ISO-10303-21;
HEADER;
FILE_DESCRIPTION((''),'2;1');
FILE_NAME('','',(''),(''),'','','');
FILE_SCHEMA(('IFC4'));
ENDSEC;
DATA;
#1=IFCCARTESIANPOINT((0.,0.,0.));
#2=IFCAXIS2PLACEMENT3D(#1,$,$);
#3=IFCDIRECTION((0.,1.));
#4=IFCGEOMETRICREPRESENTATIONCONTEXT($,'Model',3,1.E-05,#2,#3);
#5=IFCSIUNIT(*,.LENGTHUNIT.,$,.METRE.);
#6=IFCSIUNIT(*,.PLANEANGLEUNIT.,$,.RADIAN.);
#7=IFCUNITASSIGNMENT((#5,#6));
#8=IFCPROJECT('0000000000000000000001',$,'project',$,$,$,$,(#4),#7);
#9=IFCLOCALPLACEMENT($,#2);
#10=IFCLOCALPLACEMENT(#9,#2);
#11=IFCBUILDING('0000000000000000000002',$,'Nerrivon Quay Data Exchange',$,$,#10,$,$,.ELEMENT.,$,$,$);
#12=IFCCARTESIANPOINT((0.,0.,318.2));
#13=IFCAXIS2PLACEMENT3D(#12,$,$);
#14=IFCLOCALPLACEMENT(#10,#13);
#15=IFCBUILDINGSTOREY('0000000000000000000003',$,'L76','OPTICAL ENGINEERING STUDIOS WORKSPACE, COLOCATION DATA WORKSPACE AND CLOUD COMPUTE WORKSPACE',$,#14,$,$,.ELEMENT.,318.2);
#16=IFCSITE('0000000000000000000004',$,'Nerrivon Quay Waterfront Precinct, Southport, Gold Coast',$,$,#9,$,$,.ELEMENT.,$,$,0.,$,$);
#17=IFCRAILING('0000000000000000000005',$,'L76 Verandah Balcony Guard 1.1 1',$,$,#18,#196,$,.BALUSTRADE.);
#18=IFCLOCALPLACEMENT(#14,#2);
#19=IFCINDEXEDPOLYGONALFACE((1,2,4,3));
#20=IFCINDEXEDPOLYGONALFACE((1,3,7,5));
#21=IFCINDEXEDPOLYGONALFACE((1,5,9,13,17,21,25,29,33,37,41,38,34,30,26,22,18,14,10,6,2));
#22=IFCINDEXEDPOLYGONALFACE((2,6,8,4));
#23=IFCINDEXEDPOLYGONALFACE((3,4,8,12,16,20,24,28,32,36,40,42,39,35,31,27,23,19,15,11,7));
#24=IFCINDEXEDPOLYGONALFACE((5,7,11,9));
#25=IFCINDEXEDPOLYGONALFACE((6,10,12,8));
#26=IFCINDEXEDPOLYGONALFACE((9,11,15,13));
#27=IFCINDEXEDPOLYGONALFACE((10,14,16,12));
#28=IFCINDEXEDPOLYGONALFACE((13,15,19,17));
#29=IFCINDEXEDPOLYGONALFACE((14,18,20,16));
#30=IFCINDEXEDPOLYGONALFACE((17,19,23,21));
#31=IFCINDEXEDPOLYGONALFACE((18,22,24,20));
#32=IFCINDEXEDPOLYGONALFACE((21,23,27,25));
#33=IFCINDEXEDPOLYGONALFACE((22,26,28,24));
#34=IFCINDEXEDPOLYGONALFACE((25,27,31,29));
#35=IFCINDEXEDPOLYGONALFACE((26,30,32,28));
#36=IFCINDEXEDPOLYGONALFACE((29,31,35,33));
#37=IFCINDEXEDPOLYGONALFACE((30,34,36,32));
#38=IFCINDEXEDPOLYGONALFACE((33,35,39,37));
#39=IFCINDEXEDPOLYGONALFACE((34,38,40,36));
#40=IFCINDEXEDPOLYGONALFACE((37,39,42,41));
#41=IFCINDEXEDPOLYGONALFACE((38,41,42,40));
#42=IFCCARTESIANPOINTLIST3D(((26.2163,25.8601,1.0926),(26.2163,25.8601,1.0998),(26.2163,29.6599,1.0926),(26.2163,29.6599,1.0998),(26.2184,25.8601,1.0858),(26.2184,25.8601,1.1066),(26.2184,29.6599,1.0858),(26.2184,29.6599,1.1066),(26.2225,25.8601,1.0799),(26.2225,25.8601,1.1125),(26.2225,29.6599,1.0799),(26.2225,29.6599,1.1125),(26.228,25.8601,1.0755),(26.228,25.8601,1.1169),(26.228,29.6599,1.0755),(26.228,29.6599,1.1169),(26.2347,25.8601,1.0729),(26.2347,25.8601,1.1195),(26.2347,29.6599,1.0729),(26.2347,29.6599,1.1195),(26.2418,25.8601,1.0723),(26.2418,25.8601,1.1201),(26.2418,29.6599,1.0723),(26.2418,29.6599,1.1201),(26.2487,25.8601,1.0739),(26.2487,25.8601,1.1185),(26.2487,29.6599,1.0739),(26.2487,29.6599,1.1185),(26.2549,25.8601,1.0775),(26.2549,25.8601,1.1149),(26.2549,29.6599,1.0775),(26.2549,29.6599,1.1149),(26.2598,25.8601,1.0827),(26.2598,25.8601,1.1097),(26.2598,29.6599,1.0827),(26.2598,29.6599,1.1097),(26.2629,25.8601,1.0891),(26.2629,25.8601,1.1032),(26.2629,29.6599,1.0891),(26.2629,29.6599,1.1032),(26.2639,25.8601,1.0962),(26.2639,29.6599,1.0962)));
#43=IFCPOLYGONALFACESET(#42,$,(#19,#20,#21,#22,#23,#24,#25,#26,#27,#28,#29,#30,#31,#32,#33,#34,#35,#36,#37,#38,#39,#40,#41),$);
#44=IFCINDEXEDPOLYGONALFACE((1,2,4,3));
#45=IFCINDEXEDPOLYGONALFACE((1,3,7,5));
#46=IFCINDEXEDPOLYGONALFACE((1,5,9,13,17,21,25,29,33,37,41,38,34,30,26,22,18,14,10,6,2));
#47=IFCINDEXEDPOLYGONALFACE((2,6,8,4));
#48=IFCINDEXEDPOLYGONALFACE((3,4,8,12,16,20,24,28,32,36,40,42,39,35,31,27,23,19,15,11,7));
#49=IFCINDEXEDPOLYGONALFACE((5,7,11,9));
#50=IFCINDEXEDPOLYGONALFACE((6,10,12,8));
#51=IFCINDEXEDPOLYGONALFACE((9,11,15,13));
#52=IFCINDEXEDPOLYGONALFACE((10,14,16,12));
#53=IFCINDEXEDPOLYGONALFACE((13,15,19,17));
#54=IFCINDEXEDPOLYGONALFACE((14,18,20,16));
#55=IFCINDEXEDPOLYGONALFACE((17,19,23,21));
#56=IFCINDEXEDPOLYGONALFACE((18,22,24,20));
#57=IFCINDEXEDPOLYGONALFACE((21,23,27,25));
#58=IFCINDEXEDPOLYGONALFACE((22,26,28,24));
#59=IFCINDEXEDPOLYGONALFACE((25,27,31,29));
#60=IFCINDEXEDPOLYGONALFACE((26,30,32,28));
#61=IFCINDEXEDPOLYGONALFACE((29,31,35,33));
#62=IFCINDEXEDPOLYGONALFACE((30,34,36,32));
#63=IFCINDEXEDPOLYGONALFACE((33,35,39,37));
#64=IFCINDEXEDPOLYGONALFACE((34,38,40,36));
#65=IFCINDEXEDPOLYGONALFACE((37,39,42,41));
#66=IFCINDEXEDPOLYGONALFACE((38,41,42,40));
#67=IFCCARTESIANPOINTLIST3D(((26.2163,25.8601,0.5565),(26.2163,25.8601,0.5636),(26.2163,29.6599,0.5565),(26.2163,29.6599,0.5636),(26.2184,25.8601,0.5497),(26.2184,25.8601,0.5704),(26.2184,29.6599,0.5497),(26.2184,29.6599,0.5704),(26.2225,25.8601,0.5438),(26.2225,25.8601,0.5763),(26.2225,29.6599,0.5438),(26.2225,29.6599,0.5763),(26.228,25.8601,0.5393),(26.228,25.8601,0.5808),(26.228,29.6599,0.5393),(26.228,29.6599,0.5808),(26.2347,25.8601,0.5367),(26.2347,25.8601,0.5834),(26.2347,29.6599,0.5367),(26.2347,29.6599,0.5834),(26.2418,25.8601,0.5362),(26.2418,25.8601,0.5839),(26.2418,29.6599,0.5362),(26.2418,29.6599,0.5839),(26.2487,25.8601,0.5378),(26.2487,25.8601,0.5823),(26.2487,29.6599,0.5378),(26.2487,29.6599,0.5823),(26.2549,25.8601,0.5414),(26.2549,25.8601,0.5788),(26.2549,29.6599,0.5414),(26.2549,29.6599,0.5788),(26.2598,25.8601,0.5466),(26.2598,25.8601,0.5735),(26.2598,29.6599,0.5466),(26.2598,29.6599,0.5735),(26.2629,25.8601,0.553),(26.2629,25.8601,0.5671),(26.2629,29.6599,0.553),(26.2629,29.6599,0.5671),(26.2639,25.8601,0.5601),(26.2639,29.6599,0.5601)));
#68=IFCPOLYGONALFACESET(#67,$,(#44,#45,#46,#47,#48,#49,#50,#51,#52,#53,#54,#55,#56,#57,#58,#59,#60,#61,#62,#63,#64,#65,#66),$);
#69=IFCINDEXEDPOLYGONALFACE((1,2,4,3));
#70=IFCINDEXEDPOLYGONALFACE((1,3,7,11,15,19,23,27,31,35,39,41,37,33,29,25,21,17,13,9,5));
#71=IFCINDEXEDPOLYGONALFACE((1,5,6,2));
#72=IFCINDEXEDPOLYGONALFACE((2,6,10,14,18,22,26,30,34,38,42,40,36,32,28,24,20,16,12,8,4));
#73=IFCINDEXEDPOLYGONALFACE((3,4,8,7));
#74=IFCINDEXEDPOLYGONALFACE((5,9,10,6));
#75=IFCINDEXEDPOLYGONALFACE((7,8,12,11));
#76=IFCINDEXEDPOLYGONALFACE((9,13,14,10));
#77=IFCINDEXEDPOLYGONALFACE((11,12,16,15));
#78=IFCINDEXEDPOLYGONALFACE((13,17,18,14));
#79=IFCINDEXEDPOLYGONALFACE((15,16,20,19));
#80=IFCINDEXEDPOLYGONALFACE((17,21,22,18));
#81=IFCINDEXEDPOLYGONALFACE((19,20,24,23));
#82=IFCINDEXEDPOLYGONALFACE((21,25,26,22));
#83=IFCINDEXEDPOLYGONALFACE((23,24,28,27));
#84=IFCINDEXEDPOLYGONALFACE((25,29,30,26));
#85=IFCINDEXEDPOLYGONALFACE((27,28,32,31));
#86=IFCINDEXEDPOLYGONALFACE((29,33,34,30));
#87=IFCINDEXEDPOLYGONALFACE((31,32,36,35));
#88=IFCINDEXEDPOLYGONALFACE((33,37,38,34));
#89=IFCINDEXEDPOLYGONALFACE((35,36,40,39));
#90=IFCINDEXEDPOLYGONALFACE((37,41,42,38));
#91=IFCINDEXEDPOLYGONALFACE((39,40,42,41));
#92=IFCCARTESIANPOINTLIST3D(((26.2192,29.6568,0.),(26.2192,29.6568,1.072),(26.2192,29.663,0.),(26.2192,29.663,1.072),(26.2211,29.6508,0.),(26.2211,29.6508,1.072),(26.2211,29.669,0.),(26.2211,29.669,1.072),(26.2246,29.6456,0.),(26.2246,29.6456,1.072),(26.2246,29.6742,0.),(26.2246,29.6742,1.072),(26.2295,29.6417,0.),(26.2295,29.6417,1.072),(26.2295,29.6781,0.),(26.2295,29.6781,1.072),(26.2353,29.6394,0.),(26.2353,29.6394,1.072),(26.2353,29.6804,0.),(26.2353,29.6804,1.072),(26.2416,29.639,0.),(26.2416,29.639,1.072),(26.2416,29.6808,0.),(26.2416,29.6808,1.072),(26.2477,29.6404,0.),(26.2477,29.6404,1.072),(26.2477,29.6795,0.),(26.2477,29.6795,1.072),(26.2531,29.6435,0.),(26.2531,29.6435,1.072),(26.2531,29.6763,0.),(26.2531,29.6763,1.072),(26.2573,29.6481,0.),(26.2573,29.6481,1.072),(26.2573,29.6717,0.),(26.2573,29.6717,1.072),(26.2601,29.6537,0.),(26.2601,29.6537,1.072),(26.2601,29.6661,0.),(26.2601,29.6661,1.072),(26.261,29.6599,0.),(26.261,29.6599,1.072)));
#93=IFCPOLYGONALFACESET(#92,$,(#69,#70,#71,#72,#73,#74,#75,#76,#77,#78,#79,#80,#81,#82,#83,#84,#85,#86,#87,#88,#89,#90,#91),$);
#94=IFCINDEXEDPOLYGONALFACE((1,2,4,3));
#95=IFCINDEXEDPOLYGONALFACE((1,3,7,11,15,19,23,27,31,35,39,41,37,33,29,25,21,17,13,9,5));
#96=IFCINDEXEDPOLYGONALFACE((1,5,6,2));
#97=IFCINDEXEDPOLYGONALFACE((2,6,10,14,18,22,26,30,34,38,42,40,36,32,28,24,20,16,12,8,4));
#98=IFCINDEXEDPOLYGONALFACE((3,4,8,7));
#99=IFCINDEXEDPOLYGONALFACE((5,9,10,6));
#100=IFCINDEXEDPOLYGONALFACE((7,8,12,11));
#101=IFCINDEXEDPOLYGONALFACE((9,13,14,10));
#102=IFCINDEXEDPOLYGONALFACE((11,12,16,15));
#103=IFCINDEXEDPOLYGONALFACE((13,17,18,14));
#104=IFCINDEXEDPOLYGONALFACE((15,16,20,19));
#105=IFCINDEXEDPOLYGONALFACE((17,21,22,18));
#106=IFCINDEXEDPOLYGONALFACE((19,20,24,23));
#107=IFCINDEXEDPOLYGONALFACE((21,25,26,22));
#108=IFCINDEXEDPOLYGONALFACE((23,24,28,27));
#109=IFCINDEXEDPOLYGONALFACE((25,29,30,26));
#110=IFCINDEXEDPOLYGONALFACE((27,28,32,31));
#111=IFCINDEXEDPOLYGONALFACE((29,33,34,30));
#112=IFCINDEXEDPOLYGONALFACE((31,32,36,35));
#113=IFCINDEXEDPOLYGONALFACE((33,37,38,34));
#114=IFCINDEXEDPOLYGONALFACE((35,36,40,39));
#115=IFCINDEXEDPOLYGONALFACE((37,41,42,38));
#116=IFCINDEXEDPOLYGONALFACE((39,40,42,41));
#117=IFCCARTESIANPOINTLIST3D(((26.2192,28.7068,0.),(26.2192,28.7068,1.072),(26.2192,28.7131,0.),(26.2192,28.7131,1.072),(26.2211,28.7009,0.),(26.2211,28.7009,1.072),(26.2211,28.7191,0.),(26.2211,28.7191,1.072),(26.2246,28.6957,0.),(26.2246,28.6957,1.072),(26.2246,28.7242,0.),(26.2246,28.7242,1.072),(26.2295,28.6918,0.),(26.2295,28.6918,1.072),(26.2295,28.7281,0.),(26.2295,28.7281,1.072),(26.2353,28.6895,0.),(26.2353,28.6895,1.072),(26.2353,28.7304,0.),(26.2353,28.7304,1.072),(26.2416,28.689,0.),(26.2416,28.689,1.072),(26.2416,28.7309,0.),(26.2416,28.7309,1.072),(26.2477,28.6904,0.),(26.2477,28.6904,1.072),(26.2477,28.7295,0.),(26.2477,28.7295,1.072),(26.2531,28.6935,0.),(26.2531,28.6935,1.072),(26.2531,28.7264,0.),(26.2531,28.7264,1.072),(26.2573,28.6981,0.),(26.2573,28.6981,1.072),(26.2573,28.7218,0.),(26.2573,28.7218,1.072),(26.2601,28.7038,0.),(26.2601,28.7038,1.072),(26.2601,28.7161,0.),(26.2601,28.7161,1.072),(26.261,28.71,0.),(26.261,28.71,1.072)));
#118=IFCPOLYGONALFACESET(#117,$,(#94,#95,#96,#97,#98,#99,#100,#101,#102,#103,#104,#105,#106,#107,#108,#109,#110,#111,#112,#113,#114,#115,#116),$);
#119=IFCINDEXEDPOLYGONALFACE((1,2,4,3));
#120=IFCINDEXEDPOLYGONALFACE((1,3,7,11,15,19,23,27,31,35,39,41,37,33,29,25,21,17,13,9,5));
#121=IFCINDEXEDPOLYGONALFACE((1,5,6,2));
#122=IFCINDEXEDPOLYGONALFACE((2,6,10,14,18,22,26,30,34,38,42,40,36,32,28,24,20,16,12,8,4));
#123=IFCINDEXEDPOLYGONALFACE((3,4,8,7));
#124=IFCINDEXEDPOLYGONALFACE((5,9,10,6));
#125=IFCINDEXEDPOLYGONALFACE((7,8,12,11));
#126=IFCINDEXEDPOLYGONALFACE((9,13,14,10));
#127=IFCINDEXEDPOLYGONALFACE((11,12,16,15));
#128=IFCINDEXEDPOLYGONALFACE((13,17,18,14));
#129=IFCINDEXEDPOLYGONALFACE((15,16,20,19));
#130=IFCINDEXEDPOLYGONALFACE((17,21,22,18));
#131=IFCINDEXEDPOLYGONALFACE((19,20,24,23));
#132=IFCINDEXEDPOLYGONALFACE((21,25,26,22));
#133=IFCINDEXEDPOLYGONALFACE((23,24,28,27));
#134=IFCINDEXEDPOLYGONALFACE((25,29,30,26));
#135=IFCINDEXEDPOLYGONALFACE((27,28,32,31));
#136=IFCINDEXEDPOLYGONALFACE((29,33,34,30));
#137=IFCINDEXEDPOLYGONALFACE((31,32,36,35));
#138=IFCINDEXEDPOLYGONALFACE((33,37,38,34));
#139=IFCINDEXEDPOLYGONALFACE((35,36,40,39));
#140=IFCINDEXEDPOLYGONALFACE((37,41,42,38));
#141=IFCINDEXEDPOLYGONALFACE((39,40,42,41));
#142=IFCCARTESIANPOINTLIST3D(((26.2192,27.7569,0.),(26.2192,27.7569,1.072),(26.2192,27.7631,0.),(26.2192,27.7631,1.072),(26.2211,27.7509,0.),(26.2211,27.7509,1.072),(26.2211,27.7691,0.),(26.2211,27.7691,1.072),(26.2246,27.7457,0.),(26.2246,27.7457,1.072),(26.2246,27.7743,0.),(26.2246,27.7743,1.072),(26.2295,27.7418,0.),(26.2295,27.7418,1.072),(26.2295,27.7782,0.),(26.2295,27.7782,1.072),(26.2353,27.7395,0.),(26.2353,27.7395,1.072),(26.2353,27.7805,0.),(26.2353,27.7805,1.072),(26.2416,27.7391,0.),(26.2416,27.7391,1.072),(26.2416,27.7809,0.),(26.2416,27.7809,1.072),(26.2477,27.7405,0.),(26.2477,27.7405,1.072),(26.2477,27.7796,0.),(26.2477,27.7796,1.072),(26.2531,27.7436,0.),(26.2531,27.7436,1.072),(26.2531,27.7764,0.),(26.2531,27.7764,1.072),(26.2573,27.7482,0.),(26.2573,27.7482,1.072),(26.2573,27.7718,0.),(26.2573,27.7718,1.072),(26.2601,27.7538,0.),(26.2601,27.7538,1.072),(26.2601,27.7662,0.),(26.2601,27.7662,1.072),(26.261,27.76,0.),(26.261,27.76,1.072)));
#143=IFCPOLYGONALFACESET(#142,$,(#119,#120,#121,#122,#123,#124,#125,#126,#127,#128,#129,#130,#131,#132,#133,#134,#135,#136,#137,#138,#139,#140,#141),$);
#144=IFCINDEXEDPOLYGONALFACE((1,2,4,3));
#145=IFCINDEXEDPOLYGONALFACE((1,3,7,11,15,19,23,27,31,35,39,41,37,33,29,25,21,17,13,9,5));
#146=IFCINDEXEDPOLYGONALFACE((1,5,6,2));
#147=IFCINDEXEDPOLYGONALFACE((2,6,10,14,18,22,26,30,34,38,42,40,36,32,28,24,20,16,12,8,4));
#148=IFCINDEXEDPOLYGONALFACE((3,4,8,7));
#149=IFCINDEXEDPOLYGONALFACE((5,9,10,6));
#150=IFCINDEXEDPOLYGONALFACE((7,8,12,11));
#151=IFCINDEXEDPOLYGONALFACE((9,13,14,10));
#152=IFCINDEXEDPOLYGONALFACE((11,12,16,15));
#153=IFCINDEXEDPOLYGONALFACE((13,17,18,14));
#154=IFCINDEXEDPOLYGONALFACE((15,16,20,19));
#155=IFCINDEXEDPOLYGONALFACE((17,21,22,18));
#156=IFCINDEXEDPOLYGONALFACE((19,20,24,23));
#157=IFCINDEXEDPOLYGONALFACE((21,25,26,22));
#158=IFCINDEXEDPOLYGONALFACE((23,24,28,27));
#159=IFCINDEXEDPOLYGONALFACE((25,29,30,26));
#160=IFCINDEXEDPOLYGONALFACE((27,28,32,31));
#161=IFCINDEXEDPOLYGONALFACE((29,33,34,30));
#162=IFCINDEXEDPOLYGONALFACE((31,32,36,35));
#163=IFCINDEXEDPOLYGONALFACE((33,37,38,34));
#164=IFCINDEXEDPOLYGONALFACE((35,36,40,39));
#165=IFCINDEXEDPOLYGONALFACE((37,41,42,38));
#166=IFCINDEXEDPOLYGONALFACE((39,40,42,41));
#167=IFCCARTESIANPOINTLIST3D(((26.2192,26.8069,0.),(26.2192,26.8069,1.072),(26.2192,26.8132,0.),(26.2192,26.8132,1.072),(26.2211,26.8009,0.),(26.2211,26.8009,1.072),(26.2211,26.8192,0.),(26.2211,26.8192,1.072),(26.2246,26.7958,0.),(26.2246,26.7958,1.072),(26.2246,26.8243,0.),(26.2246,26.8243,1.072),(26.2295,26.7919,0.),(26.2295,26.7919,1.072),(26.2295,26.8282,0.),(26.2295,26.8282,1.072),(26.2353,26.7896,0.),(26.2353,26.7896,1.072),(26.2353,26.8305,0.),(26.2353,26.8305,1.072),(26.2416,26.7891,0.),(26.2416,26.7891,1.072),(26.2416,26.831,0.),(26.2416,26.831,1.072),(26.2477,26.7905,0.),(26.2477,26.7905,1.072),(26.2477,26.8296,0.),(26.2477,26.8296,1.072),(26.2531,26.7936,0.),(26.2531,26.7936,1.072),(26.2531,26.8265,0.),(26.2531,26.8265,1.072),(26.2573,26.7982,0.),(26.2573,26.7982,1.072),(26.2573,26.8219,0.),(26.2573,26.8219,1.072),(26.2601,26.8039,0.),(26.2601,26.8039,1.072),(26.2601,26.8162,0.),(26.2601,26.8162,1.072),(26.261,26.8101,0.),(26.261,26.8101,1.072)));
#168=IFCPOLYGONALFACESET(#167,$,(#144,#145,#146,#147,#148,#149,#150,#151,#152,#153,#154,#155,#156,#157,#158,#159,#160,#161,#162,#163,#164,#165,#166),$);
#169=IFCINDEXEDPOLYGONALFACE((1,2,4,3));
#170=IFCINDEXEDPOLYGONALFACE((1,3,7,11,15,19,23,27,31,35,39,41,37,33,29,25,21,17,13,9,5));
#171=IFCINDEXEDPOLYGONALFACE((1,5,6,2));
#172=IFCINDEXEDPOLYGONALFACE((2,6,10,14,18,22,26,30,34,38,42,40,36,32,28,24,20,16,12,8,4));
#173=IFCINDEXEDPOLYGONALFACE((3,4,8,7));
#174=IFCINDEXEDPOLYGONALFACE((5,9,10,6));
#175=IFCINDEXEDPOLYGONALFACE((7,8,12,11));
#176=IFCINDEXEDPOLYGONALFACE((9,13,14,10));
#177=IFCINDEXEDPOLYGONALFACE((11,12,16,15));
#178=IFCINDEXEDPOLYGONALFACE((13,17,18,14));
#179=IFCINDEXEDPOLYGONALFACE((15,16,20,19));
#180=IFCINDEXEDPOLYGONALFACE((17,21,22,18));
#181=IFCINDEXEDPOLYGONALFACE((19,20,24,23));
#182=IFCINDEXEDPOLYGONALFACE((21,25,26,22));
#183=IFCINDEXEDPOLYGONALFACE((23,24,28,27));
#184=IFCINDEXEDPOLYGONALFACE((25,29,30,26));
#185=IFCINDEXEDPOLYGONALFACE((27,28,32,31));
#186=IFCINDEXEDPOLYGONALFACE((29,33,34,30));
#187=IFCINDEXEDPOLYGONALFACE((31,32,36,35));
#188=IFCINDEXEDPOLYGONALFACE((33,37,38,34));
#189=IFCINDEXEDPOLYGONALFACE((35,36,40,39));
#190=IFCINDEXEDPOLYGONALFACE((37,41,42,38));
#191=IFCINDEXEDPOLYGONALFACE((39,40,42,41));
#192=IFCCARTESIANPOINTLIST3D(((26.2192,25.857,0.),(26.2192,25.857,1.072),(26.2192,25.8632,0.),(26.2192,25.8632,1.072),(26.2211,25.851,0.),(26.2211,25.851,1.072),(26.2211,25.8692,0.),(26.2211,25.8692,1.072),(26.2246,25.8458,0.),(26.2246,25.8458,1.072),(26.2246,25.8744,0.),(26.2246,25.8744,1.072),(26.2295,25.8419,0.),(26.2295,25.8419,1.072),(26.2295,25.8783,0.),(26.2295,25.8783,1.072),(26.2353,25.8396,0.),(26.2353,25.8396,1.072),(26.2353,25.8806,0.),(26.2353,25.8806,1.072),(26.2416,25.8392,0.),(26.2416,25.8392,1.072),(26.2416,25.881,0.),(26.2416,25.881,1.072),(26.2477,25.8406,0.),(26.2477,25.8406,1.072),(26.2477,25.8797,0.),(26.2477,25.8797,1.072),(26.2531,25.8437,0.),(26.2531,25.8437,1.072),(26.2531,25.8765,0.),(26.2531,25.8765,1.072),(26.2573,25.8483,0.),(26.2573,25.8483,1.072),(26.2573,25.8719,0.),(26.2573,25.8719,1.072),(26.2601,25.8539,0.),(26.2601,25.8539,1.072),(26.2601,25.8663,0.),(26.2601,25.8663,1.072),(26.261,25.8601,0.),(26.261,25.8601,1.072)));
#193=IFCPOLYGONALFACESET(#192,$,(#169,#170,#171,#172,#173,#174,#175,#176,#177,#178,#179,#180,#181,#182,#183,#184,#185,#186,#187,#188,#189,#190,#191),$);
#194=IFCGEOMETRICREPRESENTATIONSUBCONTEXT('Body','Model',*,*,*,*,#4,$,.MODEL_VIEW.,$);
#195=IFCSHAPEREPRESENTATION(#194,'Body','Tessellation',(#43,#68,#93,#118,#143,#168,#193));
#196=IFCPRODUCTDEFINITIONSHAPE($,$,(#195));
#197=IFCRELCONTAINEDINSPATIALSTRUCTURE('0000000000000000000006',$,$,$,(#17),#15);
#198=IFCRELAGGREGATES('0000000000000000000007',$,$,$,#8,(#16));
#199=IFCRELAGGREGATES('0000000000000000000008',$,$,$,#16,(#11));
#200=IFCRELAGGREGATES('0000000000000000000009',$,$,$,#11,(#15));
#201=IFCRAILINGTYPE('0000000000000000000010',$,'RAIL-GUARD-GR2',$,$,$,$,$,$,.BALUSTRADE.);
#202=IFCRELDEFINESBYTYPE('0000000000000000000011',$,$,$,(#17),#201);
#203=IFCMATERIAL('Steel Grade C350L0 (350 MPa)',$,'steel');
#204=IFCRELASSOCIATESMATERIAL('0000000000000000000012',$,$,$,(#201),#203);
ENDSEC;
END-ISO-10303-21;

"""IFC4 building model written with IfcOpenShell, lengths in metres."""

from ifc_helpers import new_model, si_unit, direction, frame, origin, origin_2d, place, context, subcontext, project, spatial, circle, extrude, material, type_object, element, save


model = new_model("IFC4")

# Units and contexts
model_context = context("Model", 3, precision=1e-05, world=origin(), true_north=direction((0.0, 1.0)))
body_context = subcontext(model_context, "Body", "Model", "MODEL_VIEW")
ifc_project = project(units=[si_unit("LENGTHUNIT", "METRE"), si_unit("PLANEANGLEUNIT", "RADIAN")], contexts=[model_context])

# Site, building, storey
site_placement = place(None, origin())
site = spatial("IfcSite", under=ifc_project, at=site_placement, Name="Nerrivon Quay Waterfront Precinct, Southport, Gold Coast", CompositionType="ELEMENT", RefElevation=0.0)
building_placement = place(site_placement, origin())
building = spatial("IfcBuilding", under=site, at=building_placement, Name="Nerrivon Quay Data Exchange", CompositionType="ELEMENT")
storey_placement = place(building_placement, frame((0.0, 0.0, 318.2)))
storey = spatial("IfcBuildingStorey", under=building, at=storey_placement, Name="L76", Description="OPTICAL ENGINEERING STUDIOS WORKSPACE, COLOCATION DATA WORKSPACE AND CLOUD COMPUTE WORKSPACE", CompositionType="ELEMENT", Elevation=318.2)

# Railing
ifc_material_1 = material(Name="Steel Grade C350L0 (350 MPa)", Category="steel")
railing_type = type_object("IfcRailingType", Name="RAIL-GUARD-GR2", PredefinedType="BALUSTRADE", material=ifc_material_1)
railing_1_placement = place(storey_placement, frame((26.24, 29.6599, 0.0)))
element("IfcRailing", 1, at=railing_1_placement, inside=storey, type_object=railing_type, Name="L76 Verandah Balcony Guard 1.1 1", PredefinedType="BALUSTRADE", context=body_context, shape_type="SweptSolid", body=[
    extrude(circle(Radius=0.0239, at=origin_2d()), frame((0.0, 0.0, 1.0962), z_axis=(0.0, -1.0, 0.0), x_axis=(1.0, 0.0, 0.0)), (0.0, 0.0, 1.0), 3.7998),
    extrude(circle(Radius=0.0239, at=origin_2d()), frame((0.0, 0.0, 0.5601), z_axis=(0.0, -1.0, 0.0), x_axis=(1.0, 0.0, 0.0)), (0.0, 0.0, 1.0), 3.7998),
    extrude(circle(Radius=0.021, at=origin_2d()), origin(), (0.0, 0.0, 1.0), 1.072),
    extrude(circle(Radius=0.021, at=origin_2d()), frame((0.0, -0.95, 0.0)), (0.0, 0.0, 1.0), 1.072),
    extrude(circle(Radius=0.021, at=origin_2d()), frame((0.0, -1.8999, 0.0)), (0.0, 0.0, 1.0), 1.072),
    extrude(circle(Radius=0.021, at=origin_2d()), frame((0.0, -2.8499, 0.0)), (0.0, 0.0, 1.0), 1.072),
    extrude(circle(Radius=0.021, at=origin_2d()), frame((0.0, -3.7998, 0.0)), (0.0, 0.0, 1.0), 1.072),
])

save(model, "model.ifc")
